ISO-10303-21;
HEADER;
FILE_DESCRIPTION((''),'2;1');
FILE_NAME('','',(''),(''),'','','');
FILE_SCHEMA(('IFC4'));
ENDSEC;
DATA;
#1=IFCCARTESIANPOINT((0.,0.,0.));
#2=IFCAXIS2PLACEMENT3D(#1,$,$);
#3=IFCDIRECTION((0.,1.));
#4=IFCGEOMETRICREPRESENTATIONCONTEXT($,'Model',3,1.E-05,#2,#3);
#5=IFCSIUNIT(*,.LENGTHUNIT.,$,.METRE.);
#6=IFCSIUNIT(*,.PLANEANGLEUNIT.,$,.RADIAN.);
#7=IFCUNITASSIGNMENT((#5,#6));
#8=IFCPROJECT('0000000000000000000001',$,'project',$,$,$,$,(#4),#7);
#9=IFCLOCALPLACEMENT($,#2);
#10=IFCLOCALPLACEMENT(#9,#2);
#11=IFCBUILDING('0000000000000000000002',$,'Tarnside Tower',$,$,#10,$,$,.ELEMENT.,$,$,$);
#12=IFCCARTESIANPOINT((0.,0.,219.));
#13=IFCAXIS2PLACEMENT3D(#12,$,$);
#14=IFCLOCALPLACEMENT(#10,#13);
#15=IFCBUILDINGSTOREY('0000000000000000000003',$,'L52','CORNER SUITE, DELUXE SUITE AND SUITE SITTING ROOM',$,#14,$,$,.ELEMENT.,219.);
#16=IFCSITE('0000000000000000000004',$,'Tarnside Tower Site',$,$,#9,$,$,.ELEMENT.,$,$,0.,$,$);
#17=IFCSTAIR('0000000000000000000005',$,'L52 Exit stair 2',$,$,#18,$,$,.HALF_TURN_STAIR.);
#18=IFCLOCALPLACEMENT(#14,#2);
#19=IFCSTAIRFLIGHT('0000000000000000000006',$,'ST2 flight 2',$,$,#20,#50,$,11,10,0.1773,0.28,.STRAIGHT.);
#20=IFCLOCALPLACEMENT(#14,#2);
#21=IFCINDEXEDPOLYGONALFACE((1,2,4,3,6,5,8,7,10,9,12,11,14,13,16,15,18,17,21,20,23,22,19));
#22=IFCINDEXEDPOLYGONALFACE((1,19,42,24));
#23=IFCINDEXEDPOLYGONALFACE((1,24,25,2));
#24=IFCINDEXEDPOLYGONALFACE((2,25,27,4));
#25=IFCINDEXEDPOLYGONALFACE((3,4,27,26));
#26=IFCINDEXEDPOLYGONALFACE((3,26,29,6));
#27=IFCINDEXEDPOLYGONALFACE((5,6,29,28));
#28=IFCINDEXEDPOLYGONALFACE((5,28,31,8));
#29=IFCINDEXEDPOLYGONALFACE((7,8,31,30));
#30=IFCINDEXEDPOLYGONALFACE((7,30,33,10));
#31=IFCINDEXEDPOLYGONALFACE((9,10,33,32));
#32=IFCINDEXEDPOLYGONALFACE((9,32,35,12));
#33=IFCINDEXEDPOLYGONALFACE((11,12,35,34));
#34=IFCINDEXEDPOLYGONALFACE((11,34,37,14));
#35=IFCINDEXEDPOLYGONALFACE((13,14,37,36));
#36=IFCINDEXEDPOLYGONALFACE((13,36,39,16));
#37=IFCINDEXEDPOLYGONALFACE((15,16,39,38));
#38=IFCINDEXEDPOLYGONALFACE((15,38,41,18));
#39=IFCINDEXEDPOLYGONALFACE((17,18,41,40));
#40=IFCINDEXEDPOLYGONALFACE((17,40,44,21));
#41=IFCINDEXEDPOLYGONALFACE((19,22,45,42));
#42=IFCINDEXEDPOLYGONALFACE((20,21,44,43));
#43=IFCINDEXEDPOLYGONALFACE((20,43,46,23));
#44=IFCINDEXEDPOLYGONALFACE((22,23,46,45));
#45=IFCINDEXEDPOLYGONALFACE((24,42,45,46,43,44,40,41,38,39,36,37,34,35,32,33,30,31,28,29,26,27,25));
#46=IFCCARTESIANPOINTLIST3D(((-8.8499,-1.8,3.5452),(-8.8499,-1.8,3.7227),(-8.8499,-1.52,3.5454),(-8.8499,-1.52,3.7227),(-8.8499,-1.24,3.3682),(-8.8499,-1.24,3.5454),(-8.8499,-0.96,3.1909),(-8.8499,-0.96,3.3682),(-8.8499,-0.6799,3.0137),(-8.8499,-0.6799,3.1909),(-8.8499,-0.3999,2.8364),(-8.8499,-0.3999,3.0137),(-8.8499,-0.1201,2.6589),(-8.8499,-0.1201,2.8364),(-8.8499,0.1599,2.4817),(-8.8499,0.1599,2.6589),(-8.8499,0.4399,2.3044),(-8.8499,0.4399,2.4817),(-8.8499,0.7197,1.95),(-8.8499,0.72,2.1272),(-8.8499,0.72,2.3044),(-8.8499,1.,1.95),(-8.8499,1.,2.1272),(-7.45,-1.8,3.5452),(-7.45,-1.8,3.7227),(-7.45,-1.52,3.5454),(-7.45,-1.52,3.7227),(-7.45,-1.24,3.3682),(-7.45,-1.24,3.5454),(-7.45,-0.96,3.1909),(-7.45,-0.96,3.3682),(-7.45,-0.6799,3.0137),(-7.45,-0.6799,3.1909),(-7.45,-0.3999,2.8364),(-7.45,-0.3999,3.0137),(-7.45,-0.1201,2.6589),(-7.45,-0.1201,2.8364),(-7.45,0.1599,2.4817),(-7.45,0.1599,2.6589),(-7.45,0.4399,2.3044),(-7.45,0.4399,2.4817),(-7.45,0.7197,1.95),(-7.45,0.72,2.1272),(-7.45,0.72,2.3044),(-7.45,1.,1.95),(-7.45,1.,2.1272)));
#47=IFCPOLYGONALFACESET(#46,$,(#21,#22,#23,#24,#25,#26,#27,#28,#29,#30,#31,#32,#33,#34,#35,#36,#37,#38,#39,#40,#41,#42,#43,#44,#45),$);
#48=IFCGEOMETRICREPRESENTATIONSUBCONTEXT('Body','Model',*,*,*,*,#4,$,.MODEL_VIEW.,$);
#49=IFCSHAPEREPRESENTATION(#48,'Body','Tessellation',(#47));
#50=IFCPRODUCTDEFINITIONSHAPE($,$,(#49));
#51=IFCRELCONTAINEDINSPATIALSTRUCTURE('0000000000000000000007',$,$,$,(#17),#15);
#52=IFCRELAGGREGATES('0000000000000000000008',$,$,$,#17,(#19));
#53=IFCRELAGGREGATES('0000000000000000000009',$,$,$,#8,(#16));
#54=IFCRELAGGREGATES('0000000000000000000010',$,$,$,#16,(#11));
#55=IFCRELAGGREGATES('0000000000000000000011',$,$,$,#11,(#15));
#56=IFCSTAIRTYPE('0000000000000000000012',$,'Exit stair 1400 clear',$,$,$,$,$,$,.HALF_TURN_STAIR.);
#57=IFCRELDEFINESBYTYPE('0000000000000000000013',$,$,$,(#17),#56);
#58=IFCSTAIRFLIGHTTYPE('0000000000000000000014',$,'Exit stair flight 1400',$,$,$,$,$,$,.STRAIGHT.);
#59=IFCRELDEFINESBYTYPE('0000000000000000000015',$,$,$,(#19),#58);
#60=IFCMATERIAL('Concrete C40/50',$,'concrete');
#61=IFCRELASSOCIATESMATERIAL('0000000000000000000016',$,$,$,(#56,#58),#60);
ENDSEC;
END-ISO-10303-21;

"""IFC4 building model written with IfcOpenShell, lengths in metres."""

from ifc_helpers import new_model, si_unit, direction, frame, origin, place, context, subcontext, project, spatial, polyline, outline, extrude, material, type_object, element, aggregate, save


model = new_model("IFC4")

# Units and contexts
model_context = context("Model", 3, precision=1e-05, world=origin(), true_north=direction((0.0, 1.0)))
body_context = subcontext(model_context, "Body", "Model", "MODEL_VIEW")
ifc_project = project(units=[si_unit("LENGTHUNIT", "METRE"), si_unit("PLANEANGLEUNIT", "RADIAN")], contexts=[model_context])

# Site, building, storey
site_placement = place(None, origin())
site = spatial("IfcSite", under=ifc_project, at=site_placement, Name="Tarnside Tower Site", CompositionType="ELEMENT", RefElevation=0.0)
building_placement = place(site_placement, origin())
building = spatial("IfcBuilding", under=site, at=building_placement, Name="Tarnside Tower", CompositionType="ELEMENT")
storey_placement = place(building_placement, frame((0.0, 0.0, 219.0)))
storey = spatial("IfcBuildingStorey", under=building, at=storey_placement, Name="L52", Description="CORNER SUITE, DELUXE SUITE AND SUITE SITTING ROOM", CompositionType="ELEMENT", Elevation=219.0)

# Shared definitions
ifc_material_1 = material(Name="Concrete C40/50", Category="concrete")

# Stair
stair_type = type_object("IfcStairType", Name="Exit stair 1400 clear", PredefinedType="HALF_TURN_STAIR", material=ifc_material_1)
stair_1_placement = place(storey_placement, origin())
stair_1 = element("IfcStair", 1, at=stair_1_placement, inside=storey, type_object=stair_type, Name="L52 Exit stair 2", PredefinedType="HALF_TURN_STAIR")

# Stair flight
stair_flight_type = type_object("IfcStairFlightType", Name="Exit stair flight 1400", PredefinedType="STRAIGHT", material=ifc_material_1)
stair_flight_placement = place(storey_placement, frame((-8.1499, 1.0, 1.95), z_axis=(0.0, 0.0, 1.0), x_axis=(0.0, -1.0, 0.0)))
stair_flight = element("IfcStairFlight", 2, at=stair_flight_placement, type_object=stair_flight_type, Name="ST2 flight 2", NumberOfRisers=11, NumberOfTreads=10, PredefinedType="STRAIGHT", RiserHeight=0.1773, TreadLength=0.28, context=body_context, shape_type="SweptSolid", body=[
    extrude(outline(polyline([(0.0, 0.0), (0.0, 0.1772), (0.28, 0.1772), (0.28, 0.3545), (0.5601, 0.3545), (0.5601, 0.5317), (0.8401, 0.5317), (0.8401, 0.709), (1.1201, 0.709), (1.1201, 0.8865), (1.3999, 0.8865), (1.3999, 1.0637), (1.6799, 1.0637), (1.6799, 1.241), (1.96, 1.241), (1.96, 1.4182), (2.24, 1.4182), (2.24, 1.5955), (2.52, 1.5955), (2.52, 1.7727), (2.8, 1.7727), (2.8, 1.95), (2.8, 1.5952), (0.2803, 0.0), (0.0, 0.0)])), frame((0.0, 0.7, 0.0), z_axis=(0.0, -1.0, 0.0), x_axis=(1.0, 0.0, 0.0)), (0.0, 0.0, 1.0), 1.3999),
])
aggregate(stair_1, [stair_flight])

save(model, "model.ifc")
